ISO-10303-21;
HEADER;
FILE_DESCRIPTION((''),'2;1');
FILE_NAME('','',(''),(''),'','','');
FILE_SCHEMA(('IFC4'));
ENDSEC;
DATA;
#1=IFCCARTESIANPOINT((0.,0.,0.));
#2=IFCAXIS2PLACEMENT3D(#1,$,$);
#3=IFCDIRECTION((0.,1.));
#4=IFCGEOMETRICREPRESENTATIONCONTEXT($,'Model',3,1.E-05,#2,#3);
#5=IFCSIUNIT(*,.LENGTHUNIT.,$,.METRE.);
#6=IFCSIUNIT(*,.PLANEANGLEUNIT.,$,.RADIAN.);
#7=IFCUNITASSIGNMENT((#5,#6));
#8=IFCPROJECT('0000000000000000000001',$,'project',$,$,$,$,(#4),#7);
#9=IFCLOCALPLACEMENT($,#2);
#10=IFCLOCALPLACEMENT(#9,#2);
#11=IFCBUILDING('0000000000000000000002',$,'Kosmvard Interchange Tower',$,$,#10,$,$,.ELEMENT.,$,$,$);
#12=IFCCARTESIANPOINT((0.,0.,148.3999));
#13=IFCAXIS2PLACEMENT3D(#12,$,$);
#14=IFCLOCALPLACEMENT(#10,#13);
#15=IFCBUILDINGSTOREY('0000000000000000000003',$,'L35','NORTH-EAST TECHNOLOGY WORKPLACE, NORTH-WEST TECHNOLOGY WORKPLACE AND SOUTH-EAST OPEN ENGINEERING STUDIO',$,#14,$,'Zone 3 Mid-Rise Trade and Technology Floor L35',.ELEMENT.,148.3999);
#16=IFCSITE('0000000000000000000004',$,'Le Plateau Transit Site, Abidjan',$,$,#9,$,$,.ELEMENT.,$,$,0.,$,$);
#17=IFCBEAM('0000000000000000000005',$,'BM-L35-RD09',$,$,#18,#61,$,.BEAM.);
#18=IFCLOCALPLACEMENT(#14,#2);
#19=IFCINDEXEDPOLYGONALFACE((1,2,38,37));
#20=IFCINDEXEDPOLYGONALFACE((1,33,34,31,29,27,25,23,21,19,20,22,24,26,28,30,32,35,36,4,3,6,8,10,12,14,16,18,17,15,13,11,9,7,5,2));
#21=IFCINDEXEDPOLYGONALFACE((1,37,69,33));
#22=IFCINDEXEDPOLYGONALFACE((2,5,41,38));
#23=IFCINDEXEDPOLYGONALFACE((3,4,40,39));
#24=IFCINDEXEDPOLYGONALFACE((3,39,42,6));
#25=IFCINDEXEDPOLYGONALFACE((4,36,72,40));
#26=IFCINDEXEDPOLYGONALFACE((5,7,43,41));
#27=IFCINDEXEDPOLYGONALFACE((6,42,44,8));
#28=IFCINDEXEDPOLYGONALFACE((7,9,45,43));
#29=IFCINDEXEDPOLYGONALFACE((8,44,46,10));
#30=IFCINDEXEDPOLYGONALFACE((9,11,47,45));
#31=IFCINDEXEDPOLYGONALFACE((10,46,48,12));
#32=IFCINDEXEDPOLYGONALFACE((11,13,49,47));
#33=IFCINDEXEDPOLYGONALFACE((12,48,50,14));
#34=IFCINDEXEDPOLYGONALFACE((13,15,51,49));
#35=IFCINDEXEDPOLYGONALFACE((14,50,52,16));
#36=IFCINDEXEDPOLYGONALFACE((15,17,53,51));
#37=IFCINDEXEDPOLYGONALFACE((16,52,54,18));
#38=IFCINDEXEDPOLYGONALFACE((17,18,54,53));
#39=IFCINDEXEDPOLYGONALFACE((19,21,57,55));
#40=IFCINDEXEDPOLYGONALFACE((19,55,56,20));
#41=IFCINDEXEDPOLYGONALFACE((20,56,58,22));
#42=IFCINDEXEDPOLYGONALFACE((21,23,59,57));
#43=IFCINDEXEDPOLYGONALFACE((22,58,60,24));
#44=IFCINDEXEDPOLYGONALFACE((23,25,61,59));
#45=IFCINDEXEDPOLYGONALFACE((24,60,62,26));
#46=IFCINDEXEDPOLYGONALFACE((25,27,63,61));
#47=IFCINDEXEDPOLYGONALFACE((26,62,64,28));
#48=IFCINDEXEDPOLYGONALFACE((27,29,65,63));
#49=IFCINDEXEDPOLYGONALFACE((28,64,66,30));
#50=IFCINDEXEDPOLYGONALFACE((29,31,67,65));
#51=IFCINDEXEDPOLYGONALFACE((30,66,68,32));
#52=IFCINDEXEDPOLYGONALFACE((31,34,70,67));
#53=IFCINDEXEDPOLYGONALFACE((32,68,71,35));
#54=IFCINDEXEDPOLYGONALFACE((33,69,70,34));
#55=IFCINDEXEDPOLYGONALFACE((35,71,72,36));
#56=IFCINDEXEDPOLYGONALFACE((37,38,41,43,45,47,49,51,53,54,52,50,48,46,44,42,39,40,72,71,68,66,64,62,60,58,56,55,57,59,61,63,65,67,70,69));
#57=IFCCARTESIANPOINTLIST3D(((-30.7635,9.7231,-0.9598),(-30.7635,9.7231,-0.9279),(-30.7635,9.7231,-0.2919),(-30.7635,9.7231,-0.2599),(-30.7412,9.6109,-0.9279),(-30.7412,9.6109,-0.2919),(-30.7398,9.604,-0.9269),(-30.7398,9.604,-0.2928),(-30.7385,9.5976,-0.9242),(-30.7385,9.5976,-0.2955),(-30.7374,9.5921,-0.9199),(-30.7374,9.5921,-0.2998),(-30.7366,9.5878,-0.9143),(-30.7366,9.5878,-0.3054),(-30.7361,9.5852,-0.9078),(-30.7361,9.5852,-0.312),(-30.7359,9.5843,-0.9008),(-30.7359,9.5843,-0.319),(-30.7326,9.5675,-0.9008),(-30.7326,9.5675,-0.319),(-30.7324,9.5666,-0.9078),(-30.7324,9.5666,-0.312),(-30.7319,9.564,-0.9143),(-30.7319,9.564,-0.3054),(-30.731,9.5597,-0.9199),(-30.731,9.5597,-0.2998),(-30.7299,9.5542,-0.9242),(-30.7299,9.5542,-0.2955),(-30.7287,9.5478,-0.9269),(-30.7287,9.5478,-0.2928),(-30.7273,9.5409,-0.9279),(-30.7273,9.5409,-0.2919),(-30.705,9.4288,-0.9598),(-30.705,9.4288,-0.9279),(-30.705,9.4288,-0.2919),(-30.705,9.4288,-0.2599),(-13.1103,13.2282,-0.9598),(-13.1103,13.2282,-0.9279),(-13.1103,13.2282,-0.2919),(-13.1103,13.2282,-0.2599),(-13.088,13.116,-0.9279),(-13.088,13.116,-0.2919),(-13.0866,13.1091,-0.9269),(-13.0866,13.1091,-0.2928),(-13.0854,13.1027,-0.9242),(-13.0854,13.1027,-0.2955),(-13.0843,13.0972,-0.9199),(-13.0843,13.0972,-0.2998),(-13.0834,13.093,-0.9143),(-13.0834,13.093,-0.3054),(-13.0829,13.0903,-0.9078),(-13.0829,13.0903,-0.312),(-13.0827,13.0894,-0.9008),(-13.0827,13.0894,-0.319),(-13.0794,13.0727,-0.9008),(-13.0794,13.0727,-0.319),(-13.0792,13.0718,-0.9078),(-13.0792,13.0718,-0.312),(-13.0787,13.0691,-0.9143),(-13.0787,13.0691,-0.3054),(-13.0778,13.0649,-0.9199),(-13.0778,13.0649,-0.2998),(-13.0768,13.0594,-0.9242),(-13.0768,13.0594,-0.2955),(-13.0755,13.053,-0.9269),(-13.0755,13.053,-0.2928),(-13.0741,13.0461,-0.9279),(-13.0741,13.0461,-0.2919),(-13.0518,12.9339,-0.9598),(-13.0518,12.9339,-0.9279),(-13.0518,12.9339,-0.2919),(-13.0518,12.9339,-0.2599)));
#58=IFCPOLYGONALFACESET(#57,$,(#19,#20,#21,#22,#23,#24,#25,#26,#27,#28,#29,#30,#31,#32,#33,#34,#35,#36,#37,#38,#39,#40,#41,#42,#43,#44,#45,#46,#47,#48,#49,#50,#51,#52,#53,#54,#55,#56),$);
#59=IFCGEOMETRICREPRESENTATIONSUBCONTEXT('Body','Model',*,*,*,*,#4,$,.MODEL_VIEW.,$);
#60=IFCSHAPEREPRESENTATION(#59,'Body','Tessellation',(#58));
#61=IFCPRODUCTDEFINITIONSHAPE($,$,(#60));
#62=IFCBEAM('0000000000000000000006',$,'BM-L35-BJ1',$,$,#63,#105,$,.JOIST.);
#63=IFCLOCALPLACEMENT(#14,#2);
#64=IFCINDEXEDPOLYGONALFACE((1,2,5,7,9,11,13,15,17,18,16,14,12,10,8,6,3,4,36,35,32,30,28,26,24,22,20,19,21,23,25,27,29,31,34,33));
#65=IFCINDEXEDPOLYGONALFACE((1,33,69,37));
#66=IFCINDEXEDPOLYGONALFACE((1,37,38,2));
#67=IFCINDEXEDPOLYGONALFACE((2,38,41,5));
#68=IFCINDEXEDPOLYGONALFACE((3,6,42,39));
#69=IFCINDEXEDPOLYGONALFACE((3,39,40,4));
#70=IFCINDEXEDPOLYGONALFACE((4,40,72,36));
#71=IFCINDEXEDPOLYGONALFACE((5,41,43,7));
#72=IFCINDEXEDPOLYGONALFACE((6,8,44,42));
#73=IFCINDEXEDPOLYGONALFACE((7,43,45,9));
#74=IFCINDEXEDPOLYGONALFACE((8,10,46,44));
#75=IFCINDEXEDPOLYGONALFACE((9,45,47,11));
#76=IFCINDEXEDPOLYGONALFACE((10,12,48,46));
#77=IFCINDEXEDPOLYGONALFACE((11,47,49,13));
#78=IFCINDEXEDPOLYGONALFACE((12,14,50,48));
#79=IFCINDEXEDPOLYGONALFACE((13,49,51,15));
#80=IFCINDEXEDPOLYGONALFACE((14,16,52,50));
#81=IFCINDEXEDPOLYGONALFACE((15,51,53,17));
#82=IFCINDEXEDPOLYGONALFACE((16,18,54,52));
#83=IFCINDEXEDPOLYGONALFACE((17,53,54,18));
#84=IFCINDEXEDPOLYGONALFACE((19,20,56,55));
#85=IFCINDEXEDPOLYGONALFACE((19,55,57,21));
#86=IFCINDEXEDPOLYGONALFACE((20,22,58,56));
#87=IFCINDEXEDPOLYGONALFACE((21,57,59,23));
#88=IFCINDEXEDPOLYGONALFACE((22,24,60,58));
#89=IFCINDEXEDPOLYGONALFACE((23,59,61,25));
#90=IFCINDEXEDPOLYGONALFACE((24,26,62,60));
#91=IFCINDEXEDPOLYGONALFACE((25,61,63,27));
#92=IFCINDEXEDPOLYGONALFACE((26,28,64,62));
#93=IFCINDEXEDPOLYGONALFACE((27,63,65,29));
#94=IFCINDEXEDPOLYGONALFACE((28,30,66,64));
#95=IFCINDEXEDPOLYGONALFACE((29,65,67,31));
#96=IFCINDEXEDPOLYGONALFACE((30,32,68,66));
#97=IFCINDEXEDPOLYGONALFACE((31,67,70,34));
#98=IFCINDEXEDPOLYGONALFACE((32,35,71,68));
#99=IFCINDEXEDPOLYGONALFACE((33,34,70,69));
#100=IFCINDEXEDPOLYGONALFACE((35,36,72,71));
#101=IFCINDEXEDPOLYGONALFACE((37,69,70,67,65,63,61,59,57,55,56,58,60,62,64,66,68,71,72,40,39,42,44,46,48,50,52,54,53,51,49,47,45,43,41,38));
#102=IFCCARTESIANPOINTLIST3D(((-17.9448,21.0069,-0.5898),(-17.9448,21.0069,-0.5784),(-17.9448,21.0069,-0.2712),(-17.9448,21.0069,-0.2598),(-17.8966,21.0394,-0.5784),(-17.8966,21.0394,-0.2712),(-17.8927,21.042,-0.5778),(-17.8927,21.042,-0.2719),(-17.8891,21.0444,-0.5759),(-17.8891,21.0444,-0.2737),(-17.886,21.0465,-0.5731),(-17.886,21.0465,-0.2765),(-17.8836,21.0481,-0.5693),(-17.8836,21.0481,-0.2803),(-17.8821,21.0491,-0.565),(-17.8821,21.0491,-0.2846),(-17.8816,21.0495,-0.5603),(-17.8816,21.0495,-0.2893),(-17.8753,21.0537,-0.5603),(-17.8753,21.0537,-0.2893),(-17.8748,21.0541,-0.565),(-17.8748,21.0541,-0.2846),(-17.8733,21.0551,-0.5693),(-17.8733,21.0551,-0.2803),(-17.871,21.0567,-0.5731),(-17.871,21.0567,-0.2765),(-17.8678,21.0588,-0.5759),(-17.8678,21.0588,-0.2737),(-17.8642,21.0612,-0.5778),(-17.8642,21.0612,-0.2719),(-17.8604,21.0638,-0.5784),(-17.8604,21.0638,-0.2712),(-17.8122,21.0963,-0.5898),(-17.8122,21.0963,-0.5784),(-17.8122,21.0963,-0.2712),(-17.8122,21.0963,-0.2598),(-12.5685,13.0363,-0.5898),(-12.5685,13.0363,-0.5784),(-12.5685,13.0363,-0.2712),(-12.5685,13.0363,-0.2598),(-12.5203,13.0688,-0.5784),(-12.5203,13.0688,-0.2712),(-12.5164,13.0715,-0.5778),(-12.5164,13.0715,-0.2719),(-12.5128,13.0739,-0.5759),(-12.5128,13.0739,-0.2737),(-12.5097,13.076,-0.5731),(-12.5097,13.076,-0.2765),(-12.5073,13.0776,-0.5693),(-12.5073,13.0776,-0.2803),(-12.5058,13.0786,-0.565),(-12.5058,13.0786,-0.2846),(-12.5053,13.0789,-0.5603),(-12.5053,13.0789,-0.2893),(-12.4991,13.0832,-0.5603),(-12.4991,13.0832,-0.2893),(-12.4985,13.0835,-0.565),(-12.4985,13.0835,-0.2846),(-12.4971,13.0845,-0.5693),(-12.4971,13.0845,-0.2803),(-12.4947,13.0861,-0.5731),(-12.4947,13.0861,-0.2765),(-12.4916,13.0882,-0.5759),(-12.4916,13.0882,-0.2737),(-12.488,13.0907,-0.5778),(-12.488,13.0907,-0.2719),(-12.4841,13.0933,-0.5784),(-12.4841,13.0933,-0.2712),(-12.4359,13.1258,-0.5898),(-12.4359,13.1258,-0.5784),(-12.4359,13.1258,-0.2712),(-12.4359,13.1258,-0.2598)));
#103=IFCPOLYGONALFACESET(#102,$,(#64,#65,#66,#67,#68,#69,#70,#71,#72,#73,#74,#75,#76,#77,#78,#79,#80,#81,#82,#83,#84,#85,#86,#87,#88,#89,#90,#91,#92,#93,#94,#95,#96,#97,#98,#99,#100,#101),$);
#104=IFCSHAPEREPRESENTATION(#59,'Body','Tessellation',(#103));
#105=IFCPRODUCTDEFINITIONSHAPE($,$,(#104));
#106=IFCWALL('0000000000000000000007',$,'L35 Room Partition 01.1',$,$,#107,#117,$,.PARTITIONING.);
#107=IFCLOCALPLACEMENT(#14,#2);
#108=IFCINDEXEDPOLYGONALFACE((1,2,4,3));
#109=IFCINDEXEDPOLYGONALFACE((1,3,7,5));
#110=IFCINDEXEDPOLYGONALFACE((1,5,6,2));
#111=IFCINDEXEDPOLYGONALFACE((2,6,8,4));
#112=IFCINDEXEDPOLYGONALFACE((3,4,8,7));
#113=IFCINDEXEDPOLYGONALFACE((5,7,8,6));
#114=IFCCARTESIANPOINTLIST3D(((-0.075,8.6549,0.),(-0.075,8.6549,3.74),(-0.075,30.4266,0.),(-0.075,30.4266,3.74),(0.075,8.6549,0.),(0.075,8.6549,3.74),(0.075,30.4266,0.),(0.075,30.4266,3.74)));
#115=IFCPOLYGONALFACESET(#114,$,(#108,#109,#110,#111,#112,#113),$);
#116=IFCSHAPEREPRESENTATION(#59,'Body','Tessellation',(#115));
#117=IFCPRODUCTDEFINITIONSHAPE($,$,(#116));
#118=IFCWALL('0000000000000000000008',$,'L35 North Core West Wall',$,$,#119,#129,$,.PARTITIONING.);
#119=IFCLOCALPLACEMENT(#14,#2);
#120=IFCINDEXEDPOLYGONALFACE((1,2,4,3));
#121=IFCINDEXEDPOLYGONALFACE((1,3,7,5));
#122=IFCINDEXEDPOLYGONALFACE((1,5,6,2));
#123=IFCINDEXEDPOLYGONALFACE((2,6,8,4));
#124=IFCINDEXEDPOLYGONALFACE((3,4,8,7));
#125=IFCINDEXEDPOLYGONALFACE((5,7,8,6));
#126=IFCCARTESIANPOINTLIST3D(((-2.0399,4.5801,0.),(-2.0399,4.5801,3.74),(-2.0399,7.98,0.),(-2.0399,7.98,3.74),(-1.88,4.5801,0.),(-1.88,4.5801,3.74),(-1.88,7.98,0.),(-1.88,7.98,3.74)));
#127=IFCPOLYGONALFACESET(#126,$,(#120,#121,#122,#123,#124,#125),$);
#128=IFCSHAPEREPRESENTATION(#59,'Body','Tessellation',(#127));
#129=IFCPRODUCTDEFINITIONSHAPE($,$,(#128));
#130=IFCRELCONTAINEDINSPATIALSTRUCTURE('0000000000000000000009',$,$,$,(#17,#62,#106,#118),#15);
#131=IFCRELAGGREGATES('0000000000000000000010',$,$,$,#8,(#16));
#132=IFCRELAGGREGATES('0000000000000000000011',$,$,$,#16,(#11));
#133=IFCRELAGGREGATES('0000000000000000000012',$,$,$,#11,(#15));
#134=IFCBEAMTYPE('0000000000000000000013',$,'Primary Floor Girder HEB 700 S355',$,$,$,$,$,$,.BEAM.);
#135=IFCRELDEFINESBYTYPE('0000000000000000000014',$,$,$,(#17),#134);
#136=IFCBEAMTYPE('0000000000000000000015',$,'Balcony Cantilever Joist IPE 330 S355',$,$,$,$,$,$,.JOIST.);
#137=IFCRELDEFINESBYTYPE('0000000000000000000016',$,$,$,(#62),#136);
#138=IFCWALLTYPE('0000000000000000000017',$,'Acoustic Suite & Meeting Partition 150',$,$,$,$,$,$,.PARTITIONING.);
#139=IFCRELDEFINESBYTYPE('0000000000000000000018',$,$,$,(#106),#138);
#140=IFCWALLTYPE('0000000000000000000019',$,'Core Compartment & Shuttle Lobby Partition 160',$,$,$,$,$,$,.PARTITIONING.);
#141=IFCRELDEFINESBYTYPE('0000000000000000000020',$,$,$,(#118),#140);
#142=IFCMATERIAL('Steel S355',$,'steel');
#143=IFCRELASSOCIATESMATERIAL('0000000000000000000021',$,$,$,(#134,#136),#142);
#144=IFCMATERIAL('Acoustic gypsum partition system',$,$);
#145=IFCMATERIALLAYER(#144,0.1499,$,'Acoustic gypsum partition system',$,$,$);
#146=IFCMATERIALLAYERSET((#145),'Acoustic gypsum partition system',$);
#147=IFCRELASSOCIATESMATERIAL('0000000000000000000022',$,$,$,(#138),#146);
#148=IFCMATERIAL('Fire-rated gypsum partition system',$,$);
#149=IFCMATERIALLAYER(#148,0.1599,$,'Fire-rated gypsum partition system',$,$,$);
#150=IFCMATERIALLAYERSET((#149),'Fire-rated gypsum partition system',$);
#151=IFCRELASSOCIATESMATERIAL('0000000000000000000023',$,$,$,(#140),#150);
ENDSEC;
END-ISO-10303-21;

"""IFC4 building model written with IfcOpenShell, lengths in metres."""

from ifc_helpers import new_model, si_unit, direction, frame, frame_2d, origin, origin_2d, place, context, subcontext, project, spatial, rectangle, i_section, extrude, source, transform, mapped, material, layer, layer_set, material_profile, profile_set, type_object, element, save


model = new_model("IFC4")

# Units and contexts
model_context = context("Model", 3, precision=1e-05, world=origin(), true_north=direction((0.0, 1.0)))
body_context = subcontext(model_context, "Body", "Model", "MODEL_VIEW")
ifc_project = project(units=[si_unit("LENGTHUNIT", "METRE"), si_unit("PLANEANGLEUNIT", "RADIAN")], contexts=[model_context])

# Site, building, storey
site_placement = place(None, origin())
site = spatial("IfcSite", under=ifc_project, at=site_placement, Name="Le Plateau Transit Site, Abidjan", CompositionType="ELEMENT", RefElevation=0.0)
building_placement = place(site_placement, origin())
building = spatial("IfcBuilding", under=site, at=building_placement, Name="Kosmvard Interchange Tower", CompositionType="ELEMENT")
storey_placement = place(building_placement, frame((0.0, 0.0, 148.3999)))
storey = spatial("IfcBuildingStorey", under=building, at=storey_placement, Name="L35", Description="NORTH-EAST TECHNOLOGY WORKPLACE, NORTH-WEST TECHNOLOGY WORKPLACE AND SOUTH-EAST OPEN ENGINEERING STUDIO", LongName="Zone 3 Mid-Rise Trade and Technology Floor L35", CompositionType="ELEMENT", Elevation=148.3999)

# Beams
ifc_material_1 = material(Name="Steel S355", Category="steel")
ifc_material_profile_1 = material_profile(ifc_material_1, i_section(OverallWidth=0.3, OverallDepth=0.7, WebThickness=0.0171, FlangeThickness=0.032, FilletRadius=0.0271, at=origin_2d()), Name="HEB 700")
ifc_profile_set_1 = profile_set([ifc_material_profile_1], Name="Steel S355")
beam_type_1 = type_object("IfcBeamType", Name="Primary Floor Girder HEB 700 S355", PredefinedType="BEAM", material=ifc_profile_set_1)
shared_shape_1 = source(origin(), body_context, "Body", "SweptSolid", [
    extrude(i_section(OverallWidth=0.3, OverallDepth=0.7, WebThickness=0.0171, FlangeThickness=0.032, FilletRadius=0.0271, at=origin_2d()), origin(), (0.0, 0.0, 1.0), 17.9978),
])
beam_1_placement = place(storey_placement, frame((-13.0811, 13.0811, -0.6099), z_axis=(-0.980852, -0.194754, 0.0), x_axis=(0.194754, -0.980852, 0.0)))
element("IfcBeam", 1, at=beam_1_placement, inside=storey, type_object=beam_type_1, Name="BM-L35-RD09", PredefinedType="BEAM", context=body_context, shape_type="MappedRepresentation", body=[
    mapped(shared_shape_1, transform((0.0, 0.0, 0.0), scale=1.0)),
])
ifc_material_profile_2 = material_profile(ifc_material_1, i_section(OverallWidth=0.1599, OverallDepth=0.3301, WebThickness=0.0076, FlangeThickness=0.0115, FilletRadius=0.0181, at=origin_2d()), Name="IPE 330")
ifc_profile_set_2 = profile_set([ifc_material_profile_2], Name="Steel S355")
beam_type_2 = type_object("IfcBeamType", Name="Balcony Cantilever Joist IPE 330 S355", PredefinedType="JOIST", material=ifc_profile_set_2)
shared_shape_2 = source(origin(), body_context, "Body", "SweptSolid", [
    extrude(i_section(OverallWidth=0.1599, OverallDepth=0.3301, WebThickness=0.0076, FlangeThickness=0.0115, FilletRadius=0.0181, at=origin_2d()), origin(), (0.0, 0.0, 1.0), 9.6143),
])
beam_2_placement = place(storey_placement, frame((-12.5022, 13.0811, -0.4248), z_axis=(-0.559198, 0.829034, 0.0), x_axis=(-0.829034, -0.559198, 0.0)))
element("IfcBeam", 2, at=beam_2_placement, inside=storey, type_object=beam_type_2, Name="BM-L35-BJ1", PredefinedType="JOIST", context=body_context, shape_type="MappedRepresentation", body=[
    mapped(shared_shape_2, transform((0.0, 0.0, 0.0), scale=1.0)),
])

# Walls
ifc_material_2 = material(Name="Acoustic gypsum partition system")
ifc_layer_1 = layer(ifc_material_2, 0.1499, Name="Acoustic gypsum partition system")
ifc_layer_set_1 = layer_set([ifc_layer_1], Name="Acoustic gypsum partition system")
wall_type_1 = type_object("IfcWallType", Name="Acoustic Suite & Meeting Partition 150", PredefinedType="PARTITIONING", material=ifc_layer_set_1)
wall_1_placement = place(storey_placement, frame((0.0, 8.655, 0.0), z_axis=(0.0, 0.0, 1.0), x_axis=(0.0, 1.0, 0.0)))
element("IfcWall", 3, at=wall_1_placement, inside=storey, type_object=wall_type_1, Name="L35 Room Partition 01.1", PredefinedType="PARTITIONING", context=body_context, shape_type="SweptSolid", body=[
    extrude(rectangle(XDim=21.7717, YDim=0.1499, at=frame_2d((10.8857, 0.0))), origin(), (0.0, 0.0, 1.0), 3.74),
])
ifc_material_3 = material(Name="Fire-rated gypsum partition system")
ifc_layer_2 = layer(ifc_material_3, 0.1599, Name="Fire-rated gypsum partition system")
ifc_layer_set_2 = layer_set([ifc_layer_2], Name="Fire-rated gypsum partition system")
wall_type_2 = type_object("IfcWallType", Name="Core Compartment & Shuttle Lobby Partition 160", PredefinedType="PARTITIONING", material=ifc_layer_set_2)
wall_2_placement = place(storey_placement, frame((-1.96, 4.5801, 0.0), z_axis=(0.0, 0.0, 1.0), x_axis=(0.0, 1.0, 0.0)))
element("IfcWall", 4, at=wall_2_placement, inside=storey, type_object=wall_type_2, Name="L35 North Core West Wall", PredefinedType="PARTITIONING", context=body_context, shape_type="SweptSolid", body=[
    extrude(rectangle(XDim=3.3999, YDim=0.1599, at=frame_2d((1.7, 0.0))), origin(), (0.0, 0.0, 1.0), 3.74),
])

save(model, "model.ifc")
